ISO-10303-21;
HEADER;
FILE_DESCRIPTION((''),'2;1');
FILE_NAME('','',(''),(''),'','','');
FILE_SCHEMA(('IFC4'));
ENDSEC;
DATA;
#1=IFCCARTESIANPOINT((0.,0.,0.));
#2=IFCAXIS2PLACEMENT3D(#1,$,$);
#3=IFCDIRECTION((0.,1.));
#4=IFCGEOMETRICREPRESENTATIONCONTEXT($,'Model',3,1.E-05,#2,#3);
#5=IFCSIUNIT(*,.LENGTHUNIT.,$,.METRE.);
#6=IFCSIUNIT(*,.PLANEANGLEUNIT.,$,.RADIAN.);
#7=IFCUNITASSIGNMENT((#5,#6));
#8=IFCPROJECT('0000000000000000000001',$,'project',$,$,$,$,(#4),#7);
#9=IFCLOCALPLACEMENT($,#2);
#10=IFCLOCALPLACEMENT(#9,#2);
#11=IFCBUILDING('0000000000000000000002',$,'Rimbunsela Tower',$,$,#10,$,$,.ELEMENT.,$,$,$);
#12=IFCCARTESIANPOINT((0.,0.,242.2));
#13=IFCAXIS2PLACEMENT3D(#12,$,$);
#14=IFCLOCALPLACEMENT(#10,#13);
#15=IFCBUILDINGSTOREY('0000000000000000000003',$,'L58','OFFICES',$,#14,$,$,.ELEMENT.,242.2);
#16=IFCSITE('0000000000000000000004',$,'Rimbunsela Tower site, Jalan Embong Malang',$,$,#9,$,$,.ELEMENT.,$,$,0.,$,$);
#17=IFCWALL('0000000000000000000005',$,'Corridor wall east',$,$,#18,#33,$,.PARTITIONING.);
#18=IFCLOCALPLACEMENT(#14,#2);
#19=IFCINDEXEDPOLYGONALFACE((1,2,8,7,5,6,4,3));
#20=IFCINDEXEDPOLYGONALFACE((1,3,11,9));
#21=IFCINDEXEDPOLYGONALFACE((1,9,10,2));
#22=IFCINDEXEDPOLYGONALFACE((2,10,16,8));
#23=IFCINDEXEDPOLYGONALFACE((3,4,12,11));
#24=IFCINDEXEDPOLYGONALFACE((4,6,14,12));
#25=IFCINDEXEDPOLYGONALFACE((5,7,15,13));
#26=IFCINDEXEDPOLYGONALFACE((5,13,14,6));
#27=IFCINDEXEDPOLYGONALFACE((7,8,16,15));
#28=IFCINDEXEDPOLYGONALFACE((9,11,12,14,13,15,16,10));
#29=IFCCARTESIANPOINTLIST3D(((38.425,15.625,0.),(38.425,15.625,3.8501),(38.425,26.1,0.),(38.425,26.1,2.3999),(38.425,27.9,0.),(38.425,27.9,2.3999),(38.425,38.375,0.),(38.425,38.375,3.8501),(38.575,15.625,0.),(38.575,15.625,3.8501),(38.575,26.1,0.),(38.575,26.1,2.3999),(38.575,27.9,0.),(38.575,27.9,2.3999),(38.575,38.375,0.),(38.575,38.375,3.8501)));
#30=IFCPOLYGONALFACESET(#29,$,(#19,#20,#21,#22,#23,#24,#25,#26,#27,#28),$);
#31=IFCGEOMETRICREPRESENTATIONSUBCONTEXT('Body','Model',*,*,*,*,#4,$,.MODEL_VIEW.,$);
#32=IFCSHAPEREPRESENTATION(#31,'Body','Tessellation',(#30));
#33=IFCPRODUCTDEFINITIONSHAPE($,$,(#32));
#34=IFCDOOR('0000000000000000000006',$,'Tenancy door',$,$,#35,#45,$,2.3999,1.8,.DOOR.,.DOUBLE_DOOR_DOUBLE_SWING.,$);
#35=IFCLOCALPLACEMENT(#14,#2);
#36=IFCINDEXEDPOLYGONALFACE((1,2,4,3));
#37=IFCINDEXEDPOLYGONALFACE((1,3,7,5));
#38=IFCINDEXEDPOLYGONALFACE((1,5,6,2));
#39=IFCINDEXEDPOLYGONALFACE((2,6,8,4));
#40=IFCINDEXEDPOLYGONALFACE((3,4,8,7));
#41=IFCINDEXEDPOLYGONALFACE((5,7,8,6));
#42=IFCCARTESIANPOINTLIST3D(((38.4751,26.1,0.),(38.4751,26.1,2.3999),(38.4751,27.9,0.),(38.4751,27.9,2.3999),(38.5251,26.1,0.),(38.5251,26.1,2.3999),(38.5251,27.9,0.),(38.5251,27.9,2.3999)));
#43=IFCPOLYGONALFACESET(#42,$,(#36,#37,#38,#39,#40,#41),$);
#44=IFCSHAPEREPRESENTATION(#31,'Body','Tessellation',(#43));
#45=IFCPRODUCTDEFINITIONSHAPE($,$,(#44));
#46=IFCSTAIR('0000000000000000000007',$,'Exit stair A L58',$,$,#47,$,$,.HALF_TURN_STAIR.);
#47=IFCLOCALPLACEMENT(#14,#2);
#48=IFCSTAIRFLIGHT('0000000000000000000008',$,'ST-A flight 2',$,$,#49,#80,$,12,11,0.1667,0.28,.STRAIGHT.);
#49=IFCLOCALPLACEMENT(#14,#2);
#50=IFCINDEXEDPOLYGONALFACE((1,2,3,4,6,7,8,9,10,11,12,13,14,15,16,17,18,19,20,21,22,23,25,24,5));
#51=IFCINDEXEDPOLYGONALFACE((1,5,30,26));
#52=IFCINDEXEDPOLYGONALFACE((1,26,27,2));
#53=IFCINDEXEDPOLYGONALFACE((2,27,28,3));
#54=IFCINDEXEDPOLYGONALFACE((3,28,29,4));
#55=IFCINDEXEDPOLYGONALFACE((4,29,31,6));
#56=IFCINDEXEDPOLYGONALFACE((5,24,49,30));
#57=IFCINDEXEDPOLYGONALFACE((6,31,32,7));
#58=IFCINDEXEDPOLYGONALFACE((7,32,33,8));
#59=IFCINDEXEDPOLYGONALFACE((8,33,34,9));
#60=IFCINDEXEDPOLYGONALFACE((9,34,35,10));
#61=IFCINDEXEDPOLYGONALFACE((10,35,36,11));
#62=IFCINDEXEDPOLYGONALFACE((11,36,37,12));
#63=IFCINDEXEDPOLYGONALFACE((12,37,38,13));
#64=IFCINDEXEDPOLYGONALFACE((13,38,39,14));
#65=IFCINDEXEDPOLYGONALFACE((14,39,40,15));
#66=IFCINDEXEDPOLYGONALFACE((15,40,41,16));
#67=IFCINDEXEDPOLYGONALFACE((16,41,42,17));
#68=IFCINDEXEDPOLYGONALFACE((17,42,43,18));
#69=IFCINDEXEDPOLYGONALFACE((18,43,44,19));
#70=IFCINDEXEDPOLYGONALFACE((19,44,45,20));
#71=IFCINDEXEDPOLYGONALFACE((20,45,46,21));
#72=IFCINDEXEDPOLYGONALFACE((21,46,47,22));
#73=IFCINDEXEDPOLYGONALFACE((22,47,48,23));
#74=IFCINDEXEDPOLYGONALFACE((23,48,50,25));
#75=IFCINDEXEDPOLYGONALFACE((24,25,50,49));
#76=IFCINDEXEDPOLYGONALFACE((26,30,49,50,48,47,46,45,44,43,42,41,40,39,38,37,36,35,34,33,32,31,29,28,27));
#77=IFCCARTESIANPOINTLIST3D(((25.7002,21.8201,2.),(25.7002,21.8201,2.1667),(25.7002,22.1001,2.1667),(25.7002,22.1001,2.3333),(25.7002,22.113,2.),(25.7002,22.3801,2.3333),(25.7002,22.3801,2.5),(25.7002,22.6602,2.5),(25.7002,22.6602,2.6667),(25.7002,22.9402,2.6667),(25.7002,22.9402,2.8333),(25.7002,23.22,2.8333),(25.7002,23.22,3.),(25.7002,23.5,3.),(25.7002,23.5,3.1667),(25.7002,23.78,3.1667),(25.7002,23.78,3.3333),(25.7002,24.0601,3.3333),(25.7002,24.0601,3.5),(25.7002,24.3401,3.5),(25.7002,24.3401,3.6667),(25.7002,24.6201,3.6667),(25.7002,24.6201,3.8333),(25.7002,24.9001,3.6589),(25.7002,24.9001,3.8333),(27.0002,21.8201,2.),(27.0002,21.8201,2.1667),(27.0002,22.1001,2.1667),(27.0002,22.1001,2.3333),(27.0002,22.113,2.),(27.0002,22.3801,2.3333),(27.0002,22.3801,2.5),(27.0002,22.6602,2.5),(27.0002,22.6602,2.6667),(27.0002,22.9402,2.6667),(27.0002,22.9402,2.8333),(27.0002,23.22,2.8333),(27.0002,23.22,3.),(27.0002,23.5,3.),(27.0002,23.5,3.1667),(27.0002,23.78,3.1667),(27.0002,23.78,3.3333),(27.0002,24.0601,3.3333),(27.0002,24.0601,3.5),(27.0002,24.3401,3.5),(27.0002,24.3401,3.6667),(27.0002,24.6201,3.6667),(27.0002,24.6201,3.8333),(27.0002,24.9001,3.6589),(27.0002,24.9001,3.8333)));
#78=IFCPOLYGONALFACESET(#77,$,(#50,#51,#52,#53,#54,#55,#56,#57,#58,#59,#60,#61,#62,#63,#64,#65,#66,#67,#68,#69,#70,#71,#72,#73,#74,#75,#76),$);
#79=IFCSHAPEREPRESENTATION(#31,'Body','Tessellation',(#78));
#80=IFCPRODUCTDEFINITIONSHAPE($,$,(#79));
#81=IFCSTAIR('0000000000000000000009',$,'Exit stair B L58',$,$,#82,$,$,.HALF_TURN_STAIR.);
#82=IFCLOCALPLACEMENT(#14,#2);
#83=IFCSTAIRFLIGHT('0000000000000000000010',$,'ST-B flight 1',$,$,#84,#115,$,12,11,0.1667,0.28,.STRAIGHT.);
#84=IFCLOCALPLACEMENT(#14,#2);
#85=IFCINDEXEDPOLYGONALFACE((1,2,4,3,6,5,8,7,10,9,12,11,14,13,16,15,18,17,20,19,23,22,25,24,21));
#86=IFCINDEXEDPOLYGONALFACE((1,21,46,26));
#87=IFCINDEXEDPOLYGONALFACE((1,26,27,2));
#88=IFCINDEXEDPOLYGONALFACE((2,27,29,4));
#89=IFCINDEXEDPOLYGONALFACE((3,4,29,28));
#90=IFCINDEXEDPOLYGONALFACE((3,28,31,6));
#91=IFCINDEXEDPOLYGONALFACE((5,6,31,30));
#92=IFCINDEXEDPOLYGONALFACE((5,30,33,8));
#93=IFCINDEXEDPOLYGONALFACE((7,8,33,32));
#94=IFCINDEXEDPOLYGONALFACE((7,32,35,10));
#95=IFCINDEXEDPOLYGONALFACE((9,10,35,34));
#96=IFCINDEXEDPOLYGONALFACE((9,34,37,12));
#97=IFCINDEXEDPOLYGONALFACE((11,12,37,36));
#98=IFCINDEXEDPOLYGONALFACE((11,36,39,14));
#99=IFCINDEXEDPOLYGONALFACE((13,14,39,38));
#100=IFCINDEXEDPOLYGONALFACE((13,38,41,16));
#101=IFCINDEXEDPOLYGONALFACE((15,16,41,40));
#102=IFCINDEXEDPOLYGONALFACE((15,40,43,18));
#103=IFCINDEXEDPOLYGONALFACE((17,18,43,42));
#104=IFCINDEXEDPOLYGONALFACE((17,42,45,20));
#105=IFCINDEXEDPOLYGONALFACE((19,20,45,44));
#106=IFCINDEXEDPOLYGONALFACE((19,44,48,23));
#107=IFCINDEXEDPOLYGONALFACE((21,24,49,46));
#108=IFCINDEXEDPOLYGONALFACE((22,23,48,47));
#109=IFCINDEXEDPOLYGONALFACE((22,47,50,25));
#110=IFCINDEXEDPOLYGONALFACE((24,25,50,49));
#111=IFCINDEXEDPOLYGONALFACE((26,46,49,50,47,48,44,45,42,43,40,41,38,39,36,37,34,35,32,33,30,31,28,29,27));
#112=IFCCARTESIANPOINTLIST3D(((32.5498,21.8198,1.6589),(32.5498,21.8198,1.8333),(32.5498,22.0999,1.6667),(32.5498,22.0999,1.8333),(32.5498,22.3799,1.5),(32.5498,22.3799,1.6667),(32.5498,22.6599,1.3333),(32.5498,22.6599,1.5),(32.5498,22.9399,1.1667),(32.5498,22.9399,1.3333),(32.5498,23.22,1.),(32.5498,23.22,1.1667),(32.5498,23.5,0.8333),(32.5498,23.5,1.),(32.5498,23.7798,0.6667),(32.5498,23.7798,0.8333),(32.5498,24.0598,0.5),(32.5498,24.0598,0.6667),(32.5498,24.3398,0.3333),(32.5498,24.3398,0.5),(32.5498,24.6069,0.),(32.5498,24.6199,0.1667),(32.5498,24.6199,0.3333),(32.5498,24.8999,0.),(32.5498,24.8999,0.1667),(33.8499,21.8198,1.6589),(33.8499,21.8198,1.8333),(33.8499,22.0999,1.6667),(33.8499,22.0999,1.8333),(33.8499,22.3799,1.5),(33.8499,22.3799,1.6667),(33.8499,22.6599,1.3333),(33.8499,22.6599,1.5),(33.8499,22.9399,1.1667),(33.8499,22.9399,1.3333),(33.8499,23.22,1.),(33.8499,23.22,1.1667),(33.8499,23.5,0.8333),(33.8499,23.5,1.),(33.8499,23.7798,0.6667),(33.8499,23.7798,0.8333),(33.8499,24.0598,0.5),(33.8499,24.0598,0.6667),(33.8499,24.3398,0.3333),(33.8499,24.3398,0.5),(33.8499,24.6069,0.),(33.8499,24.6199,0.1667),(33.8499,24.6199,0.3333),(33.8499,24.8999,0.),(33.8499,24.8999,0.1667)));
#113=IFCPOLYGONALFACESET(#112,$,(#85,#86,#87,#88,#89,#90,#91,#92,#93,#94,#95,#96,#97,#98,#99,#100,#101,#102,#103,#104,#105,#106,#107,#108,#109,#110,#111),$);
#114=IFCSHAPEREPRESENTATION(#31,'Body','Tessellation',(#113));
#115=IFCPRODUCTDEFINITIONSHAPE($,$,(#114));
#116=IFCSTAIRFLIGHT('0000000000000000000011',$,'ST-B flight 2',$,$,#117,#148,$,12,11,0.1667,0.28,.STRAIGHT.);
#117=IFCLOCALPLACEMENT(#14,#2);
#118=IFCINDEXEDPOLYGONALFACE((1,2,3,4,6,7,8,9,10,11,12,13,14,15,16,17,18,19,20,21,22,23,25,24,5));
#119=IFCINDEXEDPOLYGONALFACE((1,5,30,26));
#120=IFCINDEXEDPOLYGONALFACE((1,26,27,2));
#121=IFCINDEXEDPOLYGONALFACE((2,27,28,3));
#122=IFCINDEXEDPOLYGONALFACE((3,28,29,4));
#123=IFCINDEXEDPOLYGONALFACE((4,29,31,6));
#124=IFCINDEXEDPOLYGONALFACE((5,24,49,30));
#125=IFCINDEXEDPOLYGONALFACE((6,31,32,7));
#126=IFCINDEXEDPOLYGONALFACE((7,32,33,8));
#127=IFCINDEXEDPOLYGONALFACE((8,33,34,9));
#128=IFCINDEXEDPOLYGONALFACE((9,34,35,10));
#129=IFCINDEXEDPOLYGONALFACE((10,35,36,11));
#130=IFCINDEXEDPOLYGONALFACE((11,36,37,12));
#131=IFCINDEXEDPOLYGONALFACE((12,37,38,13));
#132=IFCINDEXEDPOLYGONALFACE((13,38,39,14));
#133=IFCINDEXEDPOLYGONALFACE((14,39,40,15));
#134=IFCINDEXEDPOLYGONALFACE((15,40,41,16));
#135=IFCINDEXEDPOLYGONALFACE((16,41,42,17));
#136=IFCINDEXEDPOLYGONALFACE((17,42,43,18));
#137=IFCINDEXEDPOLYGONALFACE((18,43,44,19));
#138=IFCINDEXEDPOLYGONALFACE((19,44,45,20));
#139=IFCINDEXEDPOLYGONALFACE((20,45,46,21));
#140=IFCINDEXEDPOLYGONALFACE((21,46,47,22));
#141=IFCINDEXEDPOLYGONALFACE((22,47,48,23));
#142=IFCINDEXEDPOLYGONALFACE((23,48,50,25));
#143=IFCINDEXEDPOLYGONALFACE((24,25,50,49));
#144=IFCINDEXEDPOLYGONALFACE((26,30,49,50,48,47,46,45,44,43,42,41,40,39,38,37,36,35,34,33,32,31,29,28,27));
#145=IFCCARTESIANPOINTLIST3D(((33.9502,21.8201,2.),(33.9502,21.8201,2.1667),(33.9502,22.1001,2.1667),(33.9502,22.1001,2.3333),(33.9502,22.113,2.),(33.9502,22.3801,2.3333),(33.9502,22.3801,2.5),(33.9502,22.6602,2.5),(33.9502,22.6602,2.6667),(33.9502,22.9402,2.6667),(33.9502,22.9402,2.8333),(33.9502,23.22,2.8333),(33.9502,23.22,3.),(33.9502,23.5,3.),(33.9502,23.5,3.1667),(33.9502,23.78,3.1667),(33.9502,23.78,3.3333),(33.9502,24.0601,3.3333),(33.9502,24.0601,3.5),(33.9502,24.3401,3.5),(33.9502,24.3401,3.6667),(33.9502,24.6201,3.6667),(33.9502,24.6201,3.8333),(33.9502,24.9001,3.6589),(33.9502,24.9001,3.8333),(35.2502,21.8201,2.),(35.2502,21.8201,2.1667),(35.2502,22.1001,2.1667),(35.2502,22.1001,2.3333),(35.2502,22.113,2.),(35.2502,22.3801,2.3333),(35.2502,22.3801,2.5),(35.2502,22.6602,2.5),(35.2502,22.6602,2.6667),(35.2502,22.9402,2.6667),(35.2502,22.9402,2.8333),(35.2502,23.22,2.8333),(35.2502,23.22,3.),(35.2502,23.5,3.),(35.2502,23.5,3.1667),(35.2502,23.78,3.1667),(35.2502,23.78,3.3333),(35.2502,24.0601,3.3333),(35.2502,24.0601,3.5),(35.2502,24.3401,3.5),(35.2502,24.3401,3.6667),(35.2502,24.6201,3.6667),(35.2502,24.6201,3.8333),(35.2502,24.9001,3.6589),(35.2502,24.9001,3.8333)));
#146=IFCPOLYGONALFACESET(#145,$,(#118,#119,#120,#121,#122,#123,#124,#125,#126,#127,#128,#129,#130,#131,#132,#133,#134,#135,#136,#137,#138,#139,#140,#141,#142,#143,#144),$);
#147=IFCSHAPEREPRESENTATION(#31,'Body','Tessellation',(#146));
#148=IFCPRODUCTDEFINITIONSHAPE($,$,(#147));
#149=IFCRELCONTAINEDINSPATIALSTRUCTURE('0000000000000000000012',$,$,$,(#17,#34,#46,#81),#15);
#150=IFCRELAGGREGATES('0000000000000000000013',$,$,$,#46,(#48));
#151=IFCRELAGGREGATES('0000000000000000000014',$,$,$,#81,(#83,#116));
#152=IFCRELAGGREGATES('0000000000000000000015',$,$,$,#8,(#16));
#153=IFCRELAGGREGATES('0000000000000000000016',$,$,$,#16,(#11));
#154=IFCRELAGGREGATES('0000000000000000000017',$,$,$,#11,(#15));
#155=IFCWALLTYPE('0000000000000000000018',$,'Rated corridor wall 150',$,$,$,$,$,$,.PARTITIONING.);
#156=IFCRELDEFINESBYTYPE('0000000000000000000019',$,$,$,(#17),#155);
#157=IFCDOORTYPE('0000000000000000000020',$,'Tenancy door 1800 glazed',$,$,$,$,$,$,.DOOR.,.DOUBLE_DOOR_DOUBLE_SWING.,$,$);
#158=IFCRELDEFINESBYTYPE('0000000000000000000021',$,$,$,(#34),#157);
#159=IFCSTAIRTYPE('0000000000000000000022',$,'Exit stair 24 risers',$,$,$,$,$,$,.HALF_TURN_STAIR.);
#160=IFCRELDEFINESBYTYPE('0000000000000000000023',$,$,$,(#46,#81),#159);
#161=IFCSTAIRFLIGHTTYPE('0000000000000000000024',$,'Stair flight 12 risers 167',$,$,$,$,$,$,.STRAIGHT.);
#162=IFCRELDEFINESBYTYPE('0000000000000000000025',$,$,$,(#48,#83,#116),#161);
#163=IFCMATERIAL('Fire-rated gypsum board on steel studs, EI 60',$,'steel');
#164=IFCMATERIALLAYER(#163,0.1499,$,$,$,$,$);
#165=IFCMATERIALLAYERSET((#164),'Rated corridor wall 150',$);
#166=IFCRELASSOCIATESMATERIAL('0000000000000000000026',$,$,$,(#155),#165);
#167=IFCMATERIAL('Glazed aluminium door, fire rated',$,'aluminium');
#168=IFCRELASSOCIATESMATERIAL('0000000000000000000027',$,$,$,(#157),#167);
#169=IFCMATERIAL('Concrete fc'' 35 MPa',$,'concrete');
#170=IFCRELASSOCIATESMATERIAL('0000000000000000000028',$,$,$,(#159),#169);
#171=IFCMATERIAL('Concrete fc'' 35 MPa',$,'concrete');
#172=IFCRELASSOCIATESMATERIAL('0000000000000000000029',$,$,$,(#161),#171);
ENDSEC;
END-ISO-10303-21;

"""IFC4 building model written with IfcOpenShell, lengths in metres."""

from ifc_helpers import new_model, si_unit, direction, frame, frame_2d, origin, place, context, subcontext, project, spatial, polyline, rectangle, outline, extrude, material, layer, layer_set, type_object, element, fill, aggregate, save


model = new_model("IFC4")

# Units and contexts
model_context = context("Model", 3, precision=1e-05, world=origin(), true_north=direction((0.0, 1.0)))
body_context = subcontext(model_context, "Body", "Model", "MODEL_VIEW")
ifc_project = project(units=[si_unit("LENGTHUNIT", "METRE"), si_unit("PLANEANGLEUNIT", "RADIAN")], contexts=[model_context])

# Site, building, storey
site_placement = place(None, origin())
site = spatial("IfcSite", under=ifc_project, at=site_placement, Name="Rimbunsela Tower site, Jalan Embong Malang", CompositionType="ELEMENT", RefElevation=0.0)
building_placement = place(site_placement, origin())
building = spatial("IfcBuilding", under=site, at=building_placement, Name="Rimbunsela Tower", CompositionType="ELEMENT")
storey_placement = place(building_placement, frame((0.0, 0.0, 242.2)))
storey = spatial("IfcBuildingStorey", under=building, at=storey_placement, Name="L58", Description="OFFICES", CompositionType="ELEMENT", Elevation=242.2)

# Wall, opening, door
ifc_material_1 = material(Name="Fire-rated gypsum board on steel studs, EI 60", Category="steel")
ifc_layer_1 = layer(ifc_material_1, 0.1499)
ifc_layer_set_1 = layer_set([ifc_layer_1], Name="Rated corridor wall 150")
wall_type_1 = type_object("IfcWallType", Name="Rated corridor wall 150", PredefinedType="PARTITIONING", material=ifc_layer_set_1)
wall_1_placement = place(storey_placement, frame((38.5, 15.625, 0.0), z_axis=(0.0, 0.0, 1.0), x_axis=(0.0, 1.0, 0.0)))
wall_1 = element("IfcWall", 1, at=wall_1_placement, inside=storey, type_object=wall_type_1, Name="Corridor wall east", PredefinedType="PARTITIONING", context=body_context, shape_type="SweptSolid", body=[
    extrude(rectangle(XDim=22.75, YDim=0.1499, at=frame_2d((11.375, 0.0))), origin(), (0.0, 0.0, 1.0), 3.8501),
])
opening_1_placement = place(wall_1_placement, frame((10.4751, 0.0, 0.0)))
opening_1 = element("IfcOpeningElement", 2, at=opening_1_placement, cuts=wall_1, PredefinedType="OPENING", context=body_context, shape_type="SweptSolid", body=[
    extrude(rectangle(XDim=1.8, YDim=2.3999, at=frame_2d((0.8999, 1.2))), frame((0.0, 0.085, 0.0), z_axis=(0.0, -1.0, 0.0), x_axis=(1.0, 0.0, 0.0)), (0.0, 0.0, 1.0), 0.1699),
])
ifc_material_2 = material(Name="Glazed aluminium door, fire rated", Category="aluminium")
door_type_1 = type_object("IfcDoorType", Name="Tenancy door 1800 glazed", OperationType="DOUBLE_DOOR_DOUBLE_SWING", PredefinedType="DOOR", material=ifc_material_2)
door_1_placement = place(opening_1_placement, origin())
door_1 = element("IfcDoor", 3, at=door_1_placement, inside=storey, type_object=door_type_1, Name="Tenancy door", OperationType="DOUBLE_DOOR_DOUBLE_SWING", OverallHeight=2.3999, OverallWidth=1.8, PredefinedType="DOOR", context=body_context, shape_type="SweptSolid", body=[
    extrude(rectangle(XDim=1.8, YDim=2.3999, at=frame_2d((0.8999, 1.2))), frame((0.0, 0.0249, 0.0), z_axis=(0.0, -1.0, 0.0), x_axis=(1.0, 0.0, 0.0)), (0.0, 0.0, 1.0), 0.05),
])
fill(opening_1, door_1)

# Stair, stair flight
ifc_material_3 = material(Name="Concrete fc' 35 MPa", Category="concrete")
stair_type = type_object("IfcStairType", Name="Exit stair 24 risers", PredefinedType="HALF_TURN_STAIR", material=ifc_material_3)
stair_1_placement = place(storey_placement, origin())
stair_1 = element("IfcStair", 4, at=stair_1_placement, inside=storey, type_object=stair_type, Name="Exit stair A L58", PredefinedType="HALF_TURN_STAIR")
ifc_material_4 = material(Name="Concrete fc' 35 MPa", Category="concrete")
stair_flight_type = type_object("IfcStairFlightType", Name="Stair flight 12 risers 167", PredefinedType="STRAIGHT", material=ifc_material_4)
stair_flight_1_placement = place(storey_placement, frame((26.3501, 21.8201, 2.0), z_axis=(0.0, 0.0, 1.0), x_axis=(0.0, 1.0, 0.0)))
stair_flight_1 = element("IfcStairFlight", 5, at=stair_flight_1_placement, type_object=stair_flight_type, Name="ST-A flight 2", NumberOfRisers=12, NumberOfTreads=11, PredefinedType="STRAIGHT", RiserHeight=0.1667, TreadLength=0.28, context=body_context, shape_type="SweptSolid", body=[
    extrude(outline(polyline([(0.0, 0.0), (0.0, 0.1667), (0.28, 0.1667), (0.28, 0.3333), (0.5601, 0.3333), (0.5601, 0.5), (0.8401, 0.5), (0.8401, 0.6667), (1.1201, 0.6667), (1.1201, 0.8333), (1.3999, 0.8333), (1.3999, 1.0), (1.6799, 1.0), (1.6799, 1.1667), (1.96, 1.1667), (1.96, 1.3333), (2.24, 1.3333), (2.24, 1.5), (2.52, 1.5), (2.52, 1.6667), (2.8, 1.6667), (2.8, 1.8333), (3.0801, 1.8333), (3.0801, 2.0), (3.0801, 1.6589), (0.293, 0.0), (0.0, 0.0)])), frame((0.0, 0.6499, 0.0), z_axis=(0.0, -1.0, 0.0), x_axis=(1.0, 0.0, 0.0)), (0.0, 0.0, 1.0), 1.3),
])
aggregate(stair_1, [stair_flight_1])

# Stair, stair flights
stair_2_placement = place(storey_placement, origin())
stair_2 = element("IfcStair", 6, at=stair_2_placement, inside=storey, type_object=stair_type, Name="Exit stair B L58", PredefinedType="HALF_TURN_STAIR")
stair_flight_2_placement = place(storey_placement, frame((33.2, 24.8999, 0.0), z_axis=(0.0, 0.0, 1.0), x_axis=(0.0, -1.0, 0.0)))
stair_flight_2 = element("IfcStairFlight", 7, at=stair_flight_2_placement, type_object=stair_flight_type, Name="ST-B flight 1", NumberOfRisers=12, NumberOfTreads=11, PredefinedType="STRAIGHT", RiserHeight=0.1667, TreadLength=0.28, context=body_context, shape_type="SweptSolid", body=[
    extrude(outline(polyline([(0.0, 0.0), (0.0, 0.1667), (0.28, 0.1667), (0.28, 0.3333), (0.5601, 0.3333), (0.5601, 0.5), (0.8401, 0.5), (0.8401, 0.6667), (1.1201, 0.6667), (1.1201, 0.8333), (1.3999, 0.8333), (1.3999, 1.0), (1.6799, 1.0), (1.6799, 1.1667), (1.96, 1.1667), (1.96, 1.3333), (2.24, 1.3333), (2.24, 1.5), (2.52, 1.5), (2.52, 1.6667), (2.8, 1.6667), (2.8, 1.8333), (3.0801, 1.8333), (3.0801, 2.0), (3.0801, 1.6589), (0.293, 0.0), (0.0, 0.0)])), frame((0.0, 0.6499, 0.0), z_axis=(0.0, -1.0, 0.0), x_axis=(1.0, 0.0, 0.0)), (0.0, 0.0, 1.0), 1.3),
])
stair_flight_3_placement = place(storey_placement, frame((34.6001, 21.8201, 2.0), z_axis=(0.0, 0.0, 1.0), x_axis=(0.0, 1.0, 0.0)))
stair_flight_3 = element("IfcStairFlight", 8, at=stair_flight_3_placement, type_object=stair_flight_type, Name="ST-B flight 2", NumberOfRisers=12, NumberOfTreads=11, PredefinedType="STRAIGHT", RiserHeight=0.1667, TreadLength=0.28, context=body_context, shape_type="SweptSolid", body=[
    extrude(outline(polyline([(0.0, 0.0), (0.0, 0.1667), (0.28, 0.1667), (0.28, 0.3333), (0.5601, 0.3333), (0.5601, 0.5), (0.8401, 0.5), (0.8401, 0.6667), (1.1201, 0.6667), (1.1201, 0.8333), (1.3999, 0.8333), (1.3999, 1.0), (1.6799, 1.0), (1.6799, 1.1667), (1.96, 1.1667), (1.96, 1.3333), (2.24, 1.3333), (2.24, 1.5), (2.52, 1.5), (2.52, 1.6667), (2.8, 1.6667), (2.8, 1.8333), (3.0801, 1.8333), (3.0801, 2.0), (3.0801, 1.6589), (0.293, 0.0), (0.0, 0.0)])), frame((0.0, 0.6499, 0.0), z_axis=(0.0, -1.0, 0.0), x_axis=(1.0, 0.0, 0.0)), (0.0, 0.0, 1.0), 1.3),
])
aggregate(stair_2, [stair_flight_2, stair_flight_3])

save(model, "model.ifc")
